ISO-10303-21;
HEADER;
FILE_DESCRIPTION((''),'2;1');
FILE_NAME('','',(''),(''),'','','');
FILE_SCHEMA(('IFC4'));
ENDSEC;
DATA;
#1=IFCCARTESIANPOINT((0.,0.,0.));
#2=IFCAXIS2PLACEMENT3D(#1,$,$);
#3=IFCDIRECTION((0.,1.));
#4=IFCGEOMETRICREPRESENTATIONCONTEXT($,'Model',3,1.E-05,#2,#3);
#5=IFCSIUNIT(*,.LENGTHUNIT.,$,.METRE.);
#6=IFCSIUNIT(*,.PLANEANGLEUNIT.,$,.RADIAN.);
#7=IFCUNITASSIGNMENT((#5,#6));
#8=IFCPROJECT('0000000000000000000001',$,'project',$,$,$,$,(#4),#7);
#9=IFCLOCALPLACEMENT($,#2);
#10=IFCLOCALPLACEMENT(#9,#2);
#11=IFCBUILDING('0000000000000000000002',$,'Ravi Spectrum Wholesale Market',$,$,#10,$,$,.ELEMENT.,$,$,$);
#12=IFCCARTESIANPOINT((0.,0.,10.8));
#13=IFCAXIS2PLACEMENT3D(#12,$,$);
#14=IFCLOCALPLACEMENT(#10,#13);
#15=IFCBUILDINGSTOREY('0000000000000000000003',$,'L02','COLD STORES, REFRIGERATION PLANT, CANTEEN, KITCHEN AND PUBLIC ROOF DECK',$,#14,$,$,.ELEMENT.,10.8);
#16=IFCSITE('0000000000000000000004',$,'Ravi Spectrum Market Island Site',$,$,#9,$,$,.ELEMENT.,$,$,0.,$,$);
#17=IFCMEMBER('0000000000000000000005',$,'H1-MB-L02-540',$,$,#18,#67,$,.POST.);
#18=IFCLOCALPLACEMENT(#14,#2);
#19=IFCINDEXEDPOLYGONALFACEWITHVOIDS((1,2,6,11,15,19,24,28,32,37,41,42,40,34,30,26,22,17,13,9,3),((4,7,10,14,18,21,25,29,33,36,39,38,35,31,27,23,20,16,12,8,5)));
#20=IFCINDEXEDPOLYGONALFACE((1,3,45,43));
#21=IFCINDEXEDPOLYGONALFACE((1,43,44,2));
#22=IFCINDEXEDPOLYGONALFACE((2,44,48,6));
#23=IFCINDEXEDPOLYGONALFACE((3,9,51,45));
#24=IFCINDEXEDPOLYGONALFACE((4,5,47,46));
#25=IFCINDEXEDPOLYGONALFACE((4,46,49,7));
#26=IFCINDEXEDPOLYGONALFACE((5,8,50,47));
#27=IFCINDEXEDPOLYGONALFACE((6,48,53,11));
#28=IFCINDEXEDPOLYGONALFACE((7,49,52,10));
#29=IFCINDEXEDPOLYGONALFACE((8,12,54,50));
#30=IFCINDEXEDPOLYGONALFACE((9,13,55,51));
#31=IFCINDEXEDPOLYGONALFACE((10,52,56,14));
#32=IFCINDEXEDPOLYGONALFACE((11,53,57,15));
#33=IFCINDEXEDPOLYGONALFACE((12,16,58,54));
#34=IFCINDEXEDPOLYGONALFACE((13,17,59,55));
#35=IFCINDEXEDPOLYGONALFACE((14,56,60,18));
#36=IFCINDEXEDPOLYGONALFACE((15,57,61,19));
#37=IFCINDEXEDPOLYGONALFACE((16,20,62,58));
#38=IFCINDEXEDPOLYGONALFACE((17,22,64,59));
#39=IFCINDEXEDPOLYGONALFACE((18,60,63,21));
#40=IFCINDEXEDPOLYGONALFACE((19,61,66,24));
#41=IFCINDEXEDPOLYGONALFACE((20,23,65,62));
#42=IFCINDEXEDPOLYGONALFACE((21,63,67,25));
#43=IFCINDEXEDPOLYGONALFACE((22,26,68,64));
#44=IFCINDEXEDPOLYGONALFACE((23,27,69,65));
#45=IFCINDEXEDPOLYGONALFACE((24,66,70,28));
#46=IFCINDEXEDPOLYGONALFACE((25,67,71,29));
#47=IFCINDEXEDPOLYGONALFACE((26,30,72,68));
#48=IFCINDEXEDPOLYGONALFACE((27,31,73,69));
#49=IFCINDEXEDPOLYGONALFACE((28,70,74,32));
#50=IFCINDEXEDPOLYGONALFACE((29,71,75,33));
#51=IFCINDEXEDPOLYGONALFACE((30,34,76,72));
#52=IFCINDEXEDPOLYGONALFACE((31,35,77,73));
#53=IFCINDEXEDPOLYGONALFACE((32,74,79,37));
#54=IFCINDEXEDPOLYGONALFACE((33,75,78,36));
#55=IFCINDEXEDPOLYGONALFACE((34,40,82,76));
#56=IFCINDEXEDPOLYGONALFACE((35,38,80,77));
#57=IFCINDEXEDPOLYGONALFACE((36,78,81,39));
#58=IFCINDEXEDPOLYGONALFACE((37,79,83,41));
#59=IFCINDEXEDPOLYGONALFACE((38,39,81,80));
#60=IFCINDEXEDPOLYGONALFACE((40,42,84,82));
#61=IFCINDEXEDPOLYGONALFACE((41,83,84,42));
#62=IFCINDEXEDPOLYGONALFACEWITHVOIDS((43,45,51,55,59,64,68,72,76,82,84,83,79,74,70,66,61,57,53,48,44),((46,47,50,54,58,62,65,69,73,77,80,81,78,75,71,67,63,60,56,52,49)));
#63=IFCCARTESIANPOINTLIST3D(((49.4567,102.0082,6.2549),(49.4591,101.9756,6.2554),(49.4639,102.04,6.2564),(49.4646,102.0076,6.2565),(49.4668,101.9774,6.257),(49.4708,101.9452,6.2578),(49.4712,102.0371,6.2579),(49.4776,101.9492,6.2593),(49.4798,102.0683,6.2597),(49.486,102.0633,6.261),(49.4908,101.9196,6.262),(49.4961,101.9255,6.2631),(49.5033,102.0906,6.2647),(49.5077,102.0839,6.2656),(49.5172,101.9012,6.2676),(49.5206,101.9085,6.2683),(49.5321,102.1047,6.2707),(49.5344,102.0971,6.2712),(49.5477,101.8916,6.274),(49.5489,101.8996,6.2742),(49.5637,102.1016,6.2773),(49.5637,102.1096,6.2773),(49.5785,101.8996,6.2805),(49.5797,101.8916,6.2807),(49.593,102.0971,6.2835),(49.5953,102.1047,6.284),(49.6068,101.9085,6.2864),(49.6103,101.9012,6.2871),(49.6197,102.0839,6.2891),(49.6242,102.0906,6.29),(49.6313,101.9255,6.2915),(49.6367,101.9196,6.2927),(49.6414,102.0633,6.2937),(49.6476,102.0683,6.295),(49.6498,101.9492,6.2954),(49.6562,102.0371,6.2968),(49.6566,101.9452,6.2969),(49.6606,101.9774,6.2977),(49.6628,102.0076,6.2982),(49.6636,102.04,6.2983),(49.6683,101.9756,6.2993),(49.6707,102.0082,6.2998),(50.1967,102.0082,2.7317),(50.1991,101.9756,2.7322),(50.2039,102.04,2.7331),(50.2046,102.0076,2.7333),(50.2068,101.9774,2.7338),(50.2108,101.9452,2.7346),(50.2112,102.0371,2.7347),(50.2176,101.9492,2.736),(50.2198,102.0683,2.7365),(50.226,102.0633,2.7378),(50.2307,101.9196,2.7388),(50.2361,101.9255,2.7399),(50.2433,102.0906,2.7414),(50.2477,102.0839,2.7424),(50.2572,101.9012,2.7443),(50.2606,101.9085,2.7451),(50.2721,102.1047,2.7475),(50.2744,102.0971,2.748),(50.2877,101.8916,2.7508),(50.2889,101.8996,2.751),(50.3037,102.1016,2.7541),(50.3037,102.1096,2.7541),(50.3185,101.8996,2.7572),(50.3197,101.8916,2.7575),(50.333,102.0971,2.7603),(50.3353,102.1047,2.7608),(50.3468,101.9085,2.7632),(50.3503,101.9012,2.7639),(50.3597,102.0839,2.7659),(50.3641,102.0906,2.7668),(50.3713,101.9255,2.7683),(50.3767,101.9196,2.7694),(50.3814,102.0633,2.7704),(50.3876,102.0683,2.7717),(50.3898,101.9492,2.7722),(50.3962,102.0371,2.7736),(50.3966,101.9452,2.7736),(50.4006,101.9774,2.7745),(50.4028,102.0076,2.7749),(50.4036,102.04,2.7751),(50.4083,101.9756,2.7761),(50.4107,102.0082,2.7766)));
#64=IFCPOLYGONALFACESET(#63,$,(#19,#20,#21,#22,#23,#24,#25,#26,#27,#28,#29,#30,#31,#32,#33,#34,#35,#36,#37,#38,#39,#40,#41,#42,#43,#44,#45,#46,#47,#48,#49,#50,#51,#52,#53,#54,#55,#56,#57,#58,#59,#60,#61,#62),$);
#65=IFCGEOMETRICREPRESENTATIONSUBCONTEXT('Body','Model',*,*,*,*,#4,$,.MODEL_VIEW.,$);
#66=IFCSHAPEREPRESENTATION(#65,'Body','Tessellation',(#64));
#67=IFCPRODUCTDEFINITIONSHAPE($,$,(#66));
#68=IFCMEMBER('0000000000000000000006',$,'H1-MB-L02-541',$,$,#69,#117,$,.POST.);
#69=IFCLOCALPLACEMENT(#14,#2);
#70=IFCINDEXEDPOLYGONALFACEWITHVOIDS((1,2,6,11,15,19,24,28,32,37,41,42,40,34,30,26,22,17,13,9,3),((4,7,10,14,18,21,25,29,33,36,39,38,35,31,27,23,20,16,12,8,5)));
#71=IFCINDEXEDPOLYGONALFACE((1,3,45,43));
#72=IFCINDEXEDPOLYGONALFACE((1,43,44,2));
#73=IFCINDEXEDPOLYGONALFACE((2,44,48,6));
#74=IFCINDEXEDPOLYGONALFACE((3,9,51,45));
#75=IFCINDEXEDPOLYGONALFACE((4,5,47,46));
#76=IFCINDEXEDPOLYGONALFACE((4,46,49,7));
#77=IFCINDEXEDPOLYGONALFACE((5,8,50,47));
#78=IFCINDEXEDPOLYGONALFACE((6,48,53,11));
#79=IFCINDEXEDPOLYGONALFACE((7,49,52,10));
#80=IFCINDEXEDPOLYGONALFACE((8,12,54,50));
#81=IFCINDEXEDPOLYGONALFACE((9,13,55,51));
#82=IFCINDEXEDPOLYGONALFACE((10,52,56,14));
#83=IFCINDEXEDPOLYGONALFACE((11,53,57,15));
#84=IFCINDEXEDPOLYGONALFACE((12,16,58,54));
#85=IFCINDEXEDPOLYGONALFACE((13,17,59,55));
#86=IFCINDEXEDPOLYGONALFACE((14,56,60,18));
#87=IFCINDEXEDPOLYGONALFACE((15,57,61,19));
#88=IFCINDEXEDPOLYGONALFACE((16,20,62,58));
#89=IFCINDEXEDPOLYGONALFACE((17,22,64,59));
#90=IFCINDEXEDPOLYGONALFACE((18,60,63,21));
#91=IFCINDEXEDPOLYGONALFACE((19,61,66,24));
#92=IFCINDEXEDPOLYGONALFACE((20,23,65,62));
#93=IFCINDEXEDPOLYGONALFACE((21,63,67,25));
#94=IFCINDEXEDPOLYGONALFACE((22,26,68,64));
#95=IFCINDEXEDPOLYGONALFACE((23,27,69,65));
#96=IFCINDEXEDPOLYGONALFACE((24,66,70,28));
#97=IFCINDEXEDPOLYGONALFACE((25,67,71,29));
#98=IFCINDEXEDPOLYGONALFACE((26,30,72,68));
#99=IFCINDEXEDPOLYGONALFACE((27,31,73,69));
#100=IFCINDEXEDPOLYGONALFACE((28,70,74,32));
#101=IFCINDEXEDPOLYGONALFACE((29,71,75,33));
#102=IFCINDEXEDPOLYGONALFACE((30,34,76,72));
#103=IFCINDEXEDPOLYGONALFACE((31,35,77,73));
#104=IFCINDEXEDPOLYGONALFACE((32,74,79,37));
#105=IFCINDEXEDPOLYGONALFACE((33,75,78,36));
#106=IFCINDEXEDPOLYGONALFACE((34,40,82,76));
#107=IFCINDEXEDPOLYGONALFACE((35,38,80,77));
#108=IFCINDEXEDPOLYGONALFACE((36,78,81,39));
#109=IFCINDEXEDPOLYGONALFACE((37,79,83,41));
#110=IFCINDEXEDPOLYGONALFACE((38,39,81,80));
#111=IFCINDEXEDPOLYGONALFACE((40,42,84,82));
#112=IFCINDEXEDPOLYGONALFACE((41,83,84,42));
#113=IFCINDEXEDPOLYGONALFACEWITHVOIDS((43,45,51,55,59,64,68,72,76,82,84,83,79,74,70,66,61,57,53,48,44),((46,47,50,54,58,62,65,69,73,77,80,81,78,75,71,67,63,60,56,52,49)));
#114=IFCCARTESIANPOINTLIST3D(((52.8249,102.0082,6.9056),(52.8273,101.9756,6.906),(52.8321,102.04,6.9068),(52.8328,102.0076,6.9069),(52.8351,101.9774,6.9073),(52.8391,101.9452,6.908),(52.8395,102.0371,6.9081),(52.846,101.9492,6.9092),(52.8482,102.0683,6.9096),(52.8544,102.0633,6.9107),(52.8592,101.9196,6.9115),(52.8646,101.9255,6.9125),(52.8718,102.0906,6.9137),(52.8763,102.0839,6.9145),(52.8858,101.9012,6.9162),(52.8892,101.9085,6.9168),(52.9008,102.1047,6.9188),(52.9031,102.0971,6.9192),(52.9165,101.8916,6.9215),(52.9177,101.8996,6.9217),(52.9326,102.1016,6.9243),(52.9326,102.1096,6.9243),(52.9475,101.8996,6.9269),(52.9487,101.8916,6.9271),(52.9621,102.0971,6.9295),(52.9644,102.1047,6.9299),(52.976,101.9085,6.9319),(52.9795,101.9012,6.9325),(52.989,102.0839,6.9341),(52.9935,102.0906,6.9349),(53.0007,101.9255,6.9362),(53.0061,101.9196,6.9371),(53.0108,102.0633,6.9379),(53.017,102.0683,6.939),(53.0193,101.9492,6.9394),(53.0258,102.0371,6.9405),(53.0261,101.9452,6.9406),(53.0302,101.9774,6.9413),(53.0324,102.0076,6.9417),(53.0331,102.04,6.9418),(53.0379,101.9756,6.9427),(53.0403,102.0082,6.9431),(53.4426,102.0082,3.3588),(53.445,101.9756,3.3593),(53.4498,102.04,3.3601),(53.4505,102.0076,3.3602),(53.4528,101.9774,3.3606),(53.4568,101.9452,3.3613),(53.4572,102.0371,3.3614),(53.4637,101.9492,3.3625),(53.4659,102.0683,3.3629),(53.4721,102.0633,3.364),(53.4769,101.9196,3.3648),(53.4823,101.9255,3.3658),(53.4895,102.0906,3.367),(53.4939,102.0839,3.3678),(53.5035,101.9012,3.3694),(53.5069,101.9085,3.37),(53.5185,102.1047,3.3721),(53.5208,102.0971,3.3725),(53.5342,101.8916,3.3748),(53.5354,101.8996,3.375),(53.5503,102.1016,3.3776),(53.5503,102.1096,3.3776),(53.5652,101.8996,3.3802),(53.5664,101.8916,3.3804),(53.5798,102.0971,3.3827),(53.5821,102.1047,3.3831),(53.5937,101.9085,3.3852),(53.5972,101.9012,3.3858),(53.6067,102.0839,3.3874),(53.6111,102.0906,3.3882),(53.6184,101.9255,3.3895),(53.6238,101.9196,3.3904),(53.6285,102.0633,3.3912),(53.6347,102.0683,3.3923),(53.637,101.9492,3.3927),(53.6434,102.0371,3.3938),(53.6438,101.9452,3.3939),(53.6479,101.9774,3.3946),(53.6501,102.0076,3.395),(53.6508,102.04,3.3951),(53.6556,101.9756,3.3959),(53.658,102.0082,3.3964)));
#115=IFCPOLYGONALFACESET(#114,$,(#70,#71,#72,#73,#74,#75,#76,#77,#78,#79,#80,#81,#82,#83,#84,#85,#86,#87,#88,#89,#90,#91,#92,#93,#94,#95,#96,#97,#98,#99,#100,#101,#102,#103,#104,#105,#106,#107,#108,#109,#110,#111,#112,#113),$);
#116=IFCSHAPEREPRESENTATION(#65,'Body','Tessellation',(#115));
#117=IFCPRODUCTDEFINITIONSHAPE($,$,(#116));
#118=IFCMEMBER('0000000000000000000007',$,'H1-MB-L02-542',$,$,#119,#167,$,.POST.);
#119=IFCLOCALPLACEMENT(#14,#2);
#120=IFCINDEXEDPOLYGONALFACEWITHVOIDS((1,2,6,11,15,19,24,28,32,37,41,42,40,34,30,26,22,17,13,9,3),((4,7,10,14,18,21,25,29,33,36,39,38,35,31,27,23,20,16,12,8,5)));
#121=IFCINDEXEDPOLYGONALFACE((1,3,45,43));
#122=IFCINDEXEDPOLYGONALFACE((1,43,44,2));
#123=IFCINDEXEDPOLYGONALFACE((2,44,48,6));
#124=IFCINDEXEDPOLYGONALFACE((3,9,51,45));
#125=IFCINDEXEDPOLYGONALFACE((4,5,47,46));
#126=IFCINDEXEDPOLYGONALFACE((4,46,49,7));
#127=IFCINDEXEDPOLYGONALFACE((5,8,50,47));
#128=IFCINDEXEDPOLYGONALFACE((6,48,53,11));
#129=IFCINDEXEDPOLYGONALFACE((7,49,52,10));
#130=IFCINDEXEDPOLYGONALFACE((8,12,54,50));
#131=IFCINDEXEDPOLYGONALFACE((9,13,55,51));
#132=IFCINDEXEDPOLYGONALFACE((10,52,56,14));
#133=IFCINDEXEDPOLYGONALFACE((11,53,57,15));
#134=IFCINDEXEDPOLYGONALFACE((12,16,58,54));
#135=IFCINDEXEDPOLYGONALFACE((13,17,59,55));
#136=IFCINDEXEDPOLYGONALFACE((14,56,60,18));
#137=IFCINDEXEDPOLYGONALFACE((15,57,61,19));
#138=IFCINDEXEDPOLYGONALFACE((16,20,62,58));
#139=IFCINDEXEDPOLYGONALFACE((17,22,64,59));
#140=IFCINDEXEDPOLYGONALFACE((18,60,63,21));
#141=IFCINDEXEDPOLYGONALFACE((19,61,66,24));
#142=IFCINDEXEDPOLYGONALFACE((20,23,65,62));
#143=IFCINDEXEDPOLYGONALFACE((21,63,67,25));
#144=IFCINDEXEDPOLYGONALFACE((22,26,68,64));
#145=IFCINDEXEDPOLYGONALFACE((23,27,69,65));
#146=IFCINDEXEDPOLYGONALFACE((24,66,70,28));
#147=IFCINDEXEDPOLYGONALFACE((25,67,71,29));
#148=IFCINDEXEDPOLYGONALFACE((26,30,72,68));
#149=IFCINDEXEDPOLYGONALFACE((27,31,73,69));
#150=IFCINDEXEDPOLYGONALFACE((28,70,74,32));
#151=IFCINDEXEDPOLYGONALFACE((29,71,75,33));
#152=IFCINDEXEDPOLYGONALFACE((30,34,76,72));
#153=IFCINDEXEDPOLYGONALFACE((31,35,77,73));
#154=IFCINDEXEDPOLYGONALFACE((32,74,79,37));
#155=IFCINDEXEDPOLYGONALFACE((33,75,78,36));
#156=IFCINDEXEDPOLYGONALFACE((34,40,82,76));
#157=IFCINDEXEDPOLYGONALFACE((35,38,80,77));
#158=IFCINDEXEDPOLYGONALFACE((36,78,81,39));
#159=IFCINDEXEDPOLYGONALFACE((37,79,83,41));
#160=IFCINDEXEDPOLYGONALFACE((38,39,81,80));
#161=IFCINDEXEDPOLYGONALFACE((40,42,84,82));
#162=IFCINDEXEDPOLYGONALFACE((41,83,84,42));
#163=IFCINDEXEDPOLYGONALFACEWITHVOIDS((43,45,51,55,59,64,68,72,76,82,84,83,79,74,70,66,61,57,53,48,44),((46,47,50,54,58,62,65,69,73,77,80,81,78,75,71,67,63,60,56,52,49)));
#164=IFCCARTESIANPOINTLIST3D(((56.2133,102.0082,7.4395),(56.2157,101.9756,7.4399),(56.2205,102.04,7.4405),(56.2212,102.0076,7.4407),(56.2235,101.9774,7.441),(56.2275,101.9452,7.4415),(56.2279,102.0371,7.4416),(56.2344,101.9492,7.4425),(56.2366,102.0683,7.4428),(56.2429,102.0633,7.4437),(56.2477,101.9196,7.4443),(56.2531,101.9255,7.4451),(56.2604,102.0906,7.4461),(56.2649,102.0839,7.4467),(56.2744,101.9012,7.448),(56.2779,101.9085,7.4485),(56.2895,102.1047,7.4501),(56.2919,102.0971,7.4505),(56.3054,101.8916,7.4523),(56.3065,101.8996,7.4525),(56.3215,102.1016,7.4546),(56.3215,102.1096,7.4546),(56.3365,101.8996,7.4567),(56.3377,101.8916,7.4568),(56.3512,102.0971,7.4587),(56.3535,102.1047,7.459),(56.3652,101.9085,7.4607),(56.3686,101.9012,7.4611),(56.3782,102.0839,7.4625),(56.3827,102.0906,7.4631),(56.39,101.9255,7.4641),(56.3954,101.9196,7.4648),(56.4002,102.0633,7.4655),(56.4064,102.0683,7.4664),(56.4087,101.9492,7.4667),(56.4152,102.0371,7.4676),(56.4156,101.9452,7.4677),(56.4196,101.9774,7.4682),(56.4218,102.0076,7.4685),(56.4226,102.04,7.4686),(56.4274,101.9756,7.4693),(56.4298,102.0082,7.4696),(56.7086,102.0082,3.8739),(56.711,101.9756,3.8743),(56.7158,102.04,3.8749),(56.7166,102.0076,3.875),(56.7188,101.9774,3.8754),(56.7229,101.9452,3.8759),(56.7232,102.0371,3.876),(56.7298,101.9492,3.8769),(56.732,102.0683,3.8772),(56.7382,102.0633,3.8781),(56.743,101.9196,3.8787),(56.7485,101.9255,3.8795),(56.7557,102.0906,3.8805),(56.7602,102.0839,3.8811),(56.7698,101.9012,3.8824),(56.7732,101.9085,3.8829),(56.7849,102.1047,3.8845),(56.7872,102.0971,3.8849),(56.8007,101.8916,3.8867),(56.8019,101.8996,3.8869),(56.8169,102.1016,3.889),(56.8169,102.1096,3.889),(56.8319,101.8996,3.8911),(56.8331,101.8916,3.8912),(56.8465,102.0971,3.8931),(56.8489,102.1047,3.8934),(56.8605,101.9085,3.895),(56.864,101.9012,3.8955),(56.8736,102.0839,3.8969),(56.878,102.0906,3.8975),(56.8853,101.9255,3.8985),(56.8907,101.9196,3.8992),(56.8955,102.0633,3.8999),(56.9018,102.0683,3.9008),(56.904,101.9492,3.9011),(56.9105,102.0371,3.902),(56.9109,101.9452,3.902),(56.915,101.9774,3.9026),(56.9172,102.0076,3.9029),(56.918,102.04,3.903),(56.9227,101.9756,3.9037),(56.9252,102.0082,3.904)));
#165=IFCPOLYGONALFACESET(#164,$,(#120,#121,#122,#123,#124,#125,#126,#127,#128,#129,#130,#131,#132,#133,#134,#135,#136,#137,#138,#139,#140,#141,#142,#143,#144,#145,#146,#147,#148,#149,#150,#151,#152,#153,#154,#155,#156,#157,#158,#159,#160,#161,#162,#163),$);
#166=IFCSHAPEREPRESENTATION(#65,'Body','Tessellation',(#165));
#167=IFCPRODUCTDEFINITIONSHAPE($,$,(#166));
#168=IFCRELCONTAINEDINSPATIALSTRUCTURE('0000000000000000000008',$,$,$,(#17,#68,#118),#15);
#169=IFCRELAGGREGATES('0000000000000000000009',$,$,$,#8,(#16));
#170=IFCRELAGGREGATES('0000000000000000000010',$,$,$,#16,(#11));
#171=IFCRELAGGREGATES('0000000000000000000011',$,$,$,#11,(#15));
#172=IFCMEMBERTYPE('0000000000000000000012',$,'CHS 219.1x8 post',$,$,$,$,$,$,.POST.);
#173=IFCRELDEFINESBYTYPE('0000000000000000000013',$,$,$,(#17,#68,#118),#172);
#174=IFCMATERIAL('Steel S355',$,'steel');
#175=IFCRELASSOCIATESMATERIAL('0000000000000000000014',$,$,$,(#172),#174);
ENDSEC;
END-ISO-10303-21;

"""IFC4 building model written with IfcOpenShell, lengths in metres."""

from ifc_helpers import new_model, si_unit, direction, frame, origin, origin_2d, place, context, subcontext, project, spatial, hollow_circle, extrude, material, material_profile, profile_set, type_object, element, save


model = new_model("IFC4")

# Units and contexts
model_context = context("Model", 3, precision=1e-05, world=origin(), true_north=direction((0.0, 1.0)))
body_context = subcontext(model_context, "Body", "Model", "MODEL_VIEW")
ifc_project = project(units=[si_unit("LENGTHUNIT", "METRE"), si_unit("PLANEANGLEUNIT", "RADIAN")], contexts=[model_context])

# Site, building, storey
site_placement = place(None, origin())
site = spatial("IfcSite", under=ifc_project, at=site_placement, Name="Ravi Spectrum Market Island Site", CompositionType="ELEMENT", RefElevation=0.0)
building_placement = place(site_placement, origin())
building = spatial("IfcBuilding", under=site, at=building_placement, Name="Ravi Spectrum Wholesale Market", CompositionType="ELEMENT")
storey_placement = place(building_placement, frame((0.0, 0.0, 10.8)))
storey = spatial("IfcBuildingStorey", under=building, at=storey_placement, Name="L02", Description="COLD STORES, REFRIGERATION PLANT, CANTEEN, KITCHEN AND PUBLIC ROOF DECK", CompositionType="ELEMENT", Elevation=10.8)

# Members
ifc_material_1 = material(Name="Steel S355", Category="steel")
ifc_material_profile_1 = material_profile(ifc_material_1, hollow_circle(Radius=0.1096, WallThickness=0.0081, at=origin_2d()))
ifc_profile_set_1 = profile_set([ifc_material_profile_1], Name="Steel S355")
member_type_1 = type_object("IfcMemberType", Name="CHS 219.1x8 post", PredefinedType="POST", material=ifc_profile_set_1)
for number, where, z_axis, x_axis, name in (
    (1, (49.5637, 102.0, 6.2773), (0.205549, 0.0, -0.978647), (0.0, 1.0, 0.0), "H1-MB-L02-540"),
    (2, (52.9326, 102.0, 6.9243), (0.171576, 0.0, -0.985171), (0.0, 1.0, 0.0), "H1-MB-L02-541"),
):
    element("IfcMember", number, at=place(storey_placement, frame(where, z_axis=z_axis, x_axis=x_axis)), inside=storey, type_object=member_type_1, Name=name, PredefinedType="POST", context=body_context, shape_type="SweptSolid", body=[
        extrude(hollow_circle(Radius=0.1096, WallThickness=0.0081, at=origin_2d()), origin(), (0.0, 0.0, 1.0), 3.6001),
    ])
member_1_placement = place(storey_placement, frame((56.3215, 102.0, 7.4546), z_axis=(0.137603, 0.0, -0.990487), x_axis=(0.0, 1.0, 0.0)))
element("IfcMember", 3, at=member_1_placement, inside=storey, type_object=member_type_1, Name="H1-MB-L02-542", PredefinedType="POST", context=body_context, shape_type="SweptSolid", body=[
    extrude(hollow_circle(Radius=0.1096, WallThickness=0.0081, at=origin_2d()), origin(), (0.0, 0.0, 1.0), 3.5999),
])

save(model, "model.ifc")
